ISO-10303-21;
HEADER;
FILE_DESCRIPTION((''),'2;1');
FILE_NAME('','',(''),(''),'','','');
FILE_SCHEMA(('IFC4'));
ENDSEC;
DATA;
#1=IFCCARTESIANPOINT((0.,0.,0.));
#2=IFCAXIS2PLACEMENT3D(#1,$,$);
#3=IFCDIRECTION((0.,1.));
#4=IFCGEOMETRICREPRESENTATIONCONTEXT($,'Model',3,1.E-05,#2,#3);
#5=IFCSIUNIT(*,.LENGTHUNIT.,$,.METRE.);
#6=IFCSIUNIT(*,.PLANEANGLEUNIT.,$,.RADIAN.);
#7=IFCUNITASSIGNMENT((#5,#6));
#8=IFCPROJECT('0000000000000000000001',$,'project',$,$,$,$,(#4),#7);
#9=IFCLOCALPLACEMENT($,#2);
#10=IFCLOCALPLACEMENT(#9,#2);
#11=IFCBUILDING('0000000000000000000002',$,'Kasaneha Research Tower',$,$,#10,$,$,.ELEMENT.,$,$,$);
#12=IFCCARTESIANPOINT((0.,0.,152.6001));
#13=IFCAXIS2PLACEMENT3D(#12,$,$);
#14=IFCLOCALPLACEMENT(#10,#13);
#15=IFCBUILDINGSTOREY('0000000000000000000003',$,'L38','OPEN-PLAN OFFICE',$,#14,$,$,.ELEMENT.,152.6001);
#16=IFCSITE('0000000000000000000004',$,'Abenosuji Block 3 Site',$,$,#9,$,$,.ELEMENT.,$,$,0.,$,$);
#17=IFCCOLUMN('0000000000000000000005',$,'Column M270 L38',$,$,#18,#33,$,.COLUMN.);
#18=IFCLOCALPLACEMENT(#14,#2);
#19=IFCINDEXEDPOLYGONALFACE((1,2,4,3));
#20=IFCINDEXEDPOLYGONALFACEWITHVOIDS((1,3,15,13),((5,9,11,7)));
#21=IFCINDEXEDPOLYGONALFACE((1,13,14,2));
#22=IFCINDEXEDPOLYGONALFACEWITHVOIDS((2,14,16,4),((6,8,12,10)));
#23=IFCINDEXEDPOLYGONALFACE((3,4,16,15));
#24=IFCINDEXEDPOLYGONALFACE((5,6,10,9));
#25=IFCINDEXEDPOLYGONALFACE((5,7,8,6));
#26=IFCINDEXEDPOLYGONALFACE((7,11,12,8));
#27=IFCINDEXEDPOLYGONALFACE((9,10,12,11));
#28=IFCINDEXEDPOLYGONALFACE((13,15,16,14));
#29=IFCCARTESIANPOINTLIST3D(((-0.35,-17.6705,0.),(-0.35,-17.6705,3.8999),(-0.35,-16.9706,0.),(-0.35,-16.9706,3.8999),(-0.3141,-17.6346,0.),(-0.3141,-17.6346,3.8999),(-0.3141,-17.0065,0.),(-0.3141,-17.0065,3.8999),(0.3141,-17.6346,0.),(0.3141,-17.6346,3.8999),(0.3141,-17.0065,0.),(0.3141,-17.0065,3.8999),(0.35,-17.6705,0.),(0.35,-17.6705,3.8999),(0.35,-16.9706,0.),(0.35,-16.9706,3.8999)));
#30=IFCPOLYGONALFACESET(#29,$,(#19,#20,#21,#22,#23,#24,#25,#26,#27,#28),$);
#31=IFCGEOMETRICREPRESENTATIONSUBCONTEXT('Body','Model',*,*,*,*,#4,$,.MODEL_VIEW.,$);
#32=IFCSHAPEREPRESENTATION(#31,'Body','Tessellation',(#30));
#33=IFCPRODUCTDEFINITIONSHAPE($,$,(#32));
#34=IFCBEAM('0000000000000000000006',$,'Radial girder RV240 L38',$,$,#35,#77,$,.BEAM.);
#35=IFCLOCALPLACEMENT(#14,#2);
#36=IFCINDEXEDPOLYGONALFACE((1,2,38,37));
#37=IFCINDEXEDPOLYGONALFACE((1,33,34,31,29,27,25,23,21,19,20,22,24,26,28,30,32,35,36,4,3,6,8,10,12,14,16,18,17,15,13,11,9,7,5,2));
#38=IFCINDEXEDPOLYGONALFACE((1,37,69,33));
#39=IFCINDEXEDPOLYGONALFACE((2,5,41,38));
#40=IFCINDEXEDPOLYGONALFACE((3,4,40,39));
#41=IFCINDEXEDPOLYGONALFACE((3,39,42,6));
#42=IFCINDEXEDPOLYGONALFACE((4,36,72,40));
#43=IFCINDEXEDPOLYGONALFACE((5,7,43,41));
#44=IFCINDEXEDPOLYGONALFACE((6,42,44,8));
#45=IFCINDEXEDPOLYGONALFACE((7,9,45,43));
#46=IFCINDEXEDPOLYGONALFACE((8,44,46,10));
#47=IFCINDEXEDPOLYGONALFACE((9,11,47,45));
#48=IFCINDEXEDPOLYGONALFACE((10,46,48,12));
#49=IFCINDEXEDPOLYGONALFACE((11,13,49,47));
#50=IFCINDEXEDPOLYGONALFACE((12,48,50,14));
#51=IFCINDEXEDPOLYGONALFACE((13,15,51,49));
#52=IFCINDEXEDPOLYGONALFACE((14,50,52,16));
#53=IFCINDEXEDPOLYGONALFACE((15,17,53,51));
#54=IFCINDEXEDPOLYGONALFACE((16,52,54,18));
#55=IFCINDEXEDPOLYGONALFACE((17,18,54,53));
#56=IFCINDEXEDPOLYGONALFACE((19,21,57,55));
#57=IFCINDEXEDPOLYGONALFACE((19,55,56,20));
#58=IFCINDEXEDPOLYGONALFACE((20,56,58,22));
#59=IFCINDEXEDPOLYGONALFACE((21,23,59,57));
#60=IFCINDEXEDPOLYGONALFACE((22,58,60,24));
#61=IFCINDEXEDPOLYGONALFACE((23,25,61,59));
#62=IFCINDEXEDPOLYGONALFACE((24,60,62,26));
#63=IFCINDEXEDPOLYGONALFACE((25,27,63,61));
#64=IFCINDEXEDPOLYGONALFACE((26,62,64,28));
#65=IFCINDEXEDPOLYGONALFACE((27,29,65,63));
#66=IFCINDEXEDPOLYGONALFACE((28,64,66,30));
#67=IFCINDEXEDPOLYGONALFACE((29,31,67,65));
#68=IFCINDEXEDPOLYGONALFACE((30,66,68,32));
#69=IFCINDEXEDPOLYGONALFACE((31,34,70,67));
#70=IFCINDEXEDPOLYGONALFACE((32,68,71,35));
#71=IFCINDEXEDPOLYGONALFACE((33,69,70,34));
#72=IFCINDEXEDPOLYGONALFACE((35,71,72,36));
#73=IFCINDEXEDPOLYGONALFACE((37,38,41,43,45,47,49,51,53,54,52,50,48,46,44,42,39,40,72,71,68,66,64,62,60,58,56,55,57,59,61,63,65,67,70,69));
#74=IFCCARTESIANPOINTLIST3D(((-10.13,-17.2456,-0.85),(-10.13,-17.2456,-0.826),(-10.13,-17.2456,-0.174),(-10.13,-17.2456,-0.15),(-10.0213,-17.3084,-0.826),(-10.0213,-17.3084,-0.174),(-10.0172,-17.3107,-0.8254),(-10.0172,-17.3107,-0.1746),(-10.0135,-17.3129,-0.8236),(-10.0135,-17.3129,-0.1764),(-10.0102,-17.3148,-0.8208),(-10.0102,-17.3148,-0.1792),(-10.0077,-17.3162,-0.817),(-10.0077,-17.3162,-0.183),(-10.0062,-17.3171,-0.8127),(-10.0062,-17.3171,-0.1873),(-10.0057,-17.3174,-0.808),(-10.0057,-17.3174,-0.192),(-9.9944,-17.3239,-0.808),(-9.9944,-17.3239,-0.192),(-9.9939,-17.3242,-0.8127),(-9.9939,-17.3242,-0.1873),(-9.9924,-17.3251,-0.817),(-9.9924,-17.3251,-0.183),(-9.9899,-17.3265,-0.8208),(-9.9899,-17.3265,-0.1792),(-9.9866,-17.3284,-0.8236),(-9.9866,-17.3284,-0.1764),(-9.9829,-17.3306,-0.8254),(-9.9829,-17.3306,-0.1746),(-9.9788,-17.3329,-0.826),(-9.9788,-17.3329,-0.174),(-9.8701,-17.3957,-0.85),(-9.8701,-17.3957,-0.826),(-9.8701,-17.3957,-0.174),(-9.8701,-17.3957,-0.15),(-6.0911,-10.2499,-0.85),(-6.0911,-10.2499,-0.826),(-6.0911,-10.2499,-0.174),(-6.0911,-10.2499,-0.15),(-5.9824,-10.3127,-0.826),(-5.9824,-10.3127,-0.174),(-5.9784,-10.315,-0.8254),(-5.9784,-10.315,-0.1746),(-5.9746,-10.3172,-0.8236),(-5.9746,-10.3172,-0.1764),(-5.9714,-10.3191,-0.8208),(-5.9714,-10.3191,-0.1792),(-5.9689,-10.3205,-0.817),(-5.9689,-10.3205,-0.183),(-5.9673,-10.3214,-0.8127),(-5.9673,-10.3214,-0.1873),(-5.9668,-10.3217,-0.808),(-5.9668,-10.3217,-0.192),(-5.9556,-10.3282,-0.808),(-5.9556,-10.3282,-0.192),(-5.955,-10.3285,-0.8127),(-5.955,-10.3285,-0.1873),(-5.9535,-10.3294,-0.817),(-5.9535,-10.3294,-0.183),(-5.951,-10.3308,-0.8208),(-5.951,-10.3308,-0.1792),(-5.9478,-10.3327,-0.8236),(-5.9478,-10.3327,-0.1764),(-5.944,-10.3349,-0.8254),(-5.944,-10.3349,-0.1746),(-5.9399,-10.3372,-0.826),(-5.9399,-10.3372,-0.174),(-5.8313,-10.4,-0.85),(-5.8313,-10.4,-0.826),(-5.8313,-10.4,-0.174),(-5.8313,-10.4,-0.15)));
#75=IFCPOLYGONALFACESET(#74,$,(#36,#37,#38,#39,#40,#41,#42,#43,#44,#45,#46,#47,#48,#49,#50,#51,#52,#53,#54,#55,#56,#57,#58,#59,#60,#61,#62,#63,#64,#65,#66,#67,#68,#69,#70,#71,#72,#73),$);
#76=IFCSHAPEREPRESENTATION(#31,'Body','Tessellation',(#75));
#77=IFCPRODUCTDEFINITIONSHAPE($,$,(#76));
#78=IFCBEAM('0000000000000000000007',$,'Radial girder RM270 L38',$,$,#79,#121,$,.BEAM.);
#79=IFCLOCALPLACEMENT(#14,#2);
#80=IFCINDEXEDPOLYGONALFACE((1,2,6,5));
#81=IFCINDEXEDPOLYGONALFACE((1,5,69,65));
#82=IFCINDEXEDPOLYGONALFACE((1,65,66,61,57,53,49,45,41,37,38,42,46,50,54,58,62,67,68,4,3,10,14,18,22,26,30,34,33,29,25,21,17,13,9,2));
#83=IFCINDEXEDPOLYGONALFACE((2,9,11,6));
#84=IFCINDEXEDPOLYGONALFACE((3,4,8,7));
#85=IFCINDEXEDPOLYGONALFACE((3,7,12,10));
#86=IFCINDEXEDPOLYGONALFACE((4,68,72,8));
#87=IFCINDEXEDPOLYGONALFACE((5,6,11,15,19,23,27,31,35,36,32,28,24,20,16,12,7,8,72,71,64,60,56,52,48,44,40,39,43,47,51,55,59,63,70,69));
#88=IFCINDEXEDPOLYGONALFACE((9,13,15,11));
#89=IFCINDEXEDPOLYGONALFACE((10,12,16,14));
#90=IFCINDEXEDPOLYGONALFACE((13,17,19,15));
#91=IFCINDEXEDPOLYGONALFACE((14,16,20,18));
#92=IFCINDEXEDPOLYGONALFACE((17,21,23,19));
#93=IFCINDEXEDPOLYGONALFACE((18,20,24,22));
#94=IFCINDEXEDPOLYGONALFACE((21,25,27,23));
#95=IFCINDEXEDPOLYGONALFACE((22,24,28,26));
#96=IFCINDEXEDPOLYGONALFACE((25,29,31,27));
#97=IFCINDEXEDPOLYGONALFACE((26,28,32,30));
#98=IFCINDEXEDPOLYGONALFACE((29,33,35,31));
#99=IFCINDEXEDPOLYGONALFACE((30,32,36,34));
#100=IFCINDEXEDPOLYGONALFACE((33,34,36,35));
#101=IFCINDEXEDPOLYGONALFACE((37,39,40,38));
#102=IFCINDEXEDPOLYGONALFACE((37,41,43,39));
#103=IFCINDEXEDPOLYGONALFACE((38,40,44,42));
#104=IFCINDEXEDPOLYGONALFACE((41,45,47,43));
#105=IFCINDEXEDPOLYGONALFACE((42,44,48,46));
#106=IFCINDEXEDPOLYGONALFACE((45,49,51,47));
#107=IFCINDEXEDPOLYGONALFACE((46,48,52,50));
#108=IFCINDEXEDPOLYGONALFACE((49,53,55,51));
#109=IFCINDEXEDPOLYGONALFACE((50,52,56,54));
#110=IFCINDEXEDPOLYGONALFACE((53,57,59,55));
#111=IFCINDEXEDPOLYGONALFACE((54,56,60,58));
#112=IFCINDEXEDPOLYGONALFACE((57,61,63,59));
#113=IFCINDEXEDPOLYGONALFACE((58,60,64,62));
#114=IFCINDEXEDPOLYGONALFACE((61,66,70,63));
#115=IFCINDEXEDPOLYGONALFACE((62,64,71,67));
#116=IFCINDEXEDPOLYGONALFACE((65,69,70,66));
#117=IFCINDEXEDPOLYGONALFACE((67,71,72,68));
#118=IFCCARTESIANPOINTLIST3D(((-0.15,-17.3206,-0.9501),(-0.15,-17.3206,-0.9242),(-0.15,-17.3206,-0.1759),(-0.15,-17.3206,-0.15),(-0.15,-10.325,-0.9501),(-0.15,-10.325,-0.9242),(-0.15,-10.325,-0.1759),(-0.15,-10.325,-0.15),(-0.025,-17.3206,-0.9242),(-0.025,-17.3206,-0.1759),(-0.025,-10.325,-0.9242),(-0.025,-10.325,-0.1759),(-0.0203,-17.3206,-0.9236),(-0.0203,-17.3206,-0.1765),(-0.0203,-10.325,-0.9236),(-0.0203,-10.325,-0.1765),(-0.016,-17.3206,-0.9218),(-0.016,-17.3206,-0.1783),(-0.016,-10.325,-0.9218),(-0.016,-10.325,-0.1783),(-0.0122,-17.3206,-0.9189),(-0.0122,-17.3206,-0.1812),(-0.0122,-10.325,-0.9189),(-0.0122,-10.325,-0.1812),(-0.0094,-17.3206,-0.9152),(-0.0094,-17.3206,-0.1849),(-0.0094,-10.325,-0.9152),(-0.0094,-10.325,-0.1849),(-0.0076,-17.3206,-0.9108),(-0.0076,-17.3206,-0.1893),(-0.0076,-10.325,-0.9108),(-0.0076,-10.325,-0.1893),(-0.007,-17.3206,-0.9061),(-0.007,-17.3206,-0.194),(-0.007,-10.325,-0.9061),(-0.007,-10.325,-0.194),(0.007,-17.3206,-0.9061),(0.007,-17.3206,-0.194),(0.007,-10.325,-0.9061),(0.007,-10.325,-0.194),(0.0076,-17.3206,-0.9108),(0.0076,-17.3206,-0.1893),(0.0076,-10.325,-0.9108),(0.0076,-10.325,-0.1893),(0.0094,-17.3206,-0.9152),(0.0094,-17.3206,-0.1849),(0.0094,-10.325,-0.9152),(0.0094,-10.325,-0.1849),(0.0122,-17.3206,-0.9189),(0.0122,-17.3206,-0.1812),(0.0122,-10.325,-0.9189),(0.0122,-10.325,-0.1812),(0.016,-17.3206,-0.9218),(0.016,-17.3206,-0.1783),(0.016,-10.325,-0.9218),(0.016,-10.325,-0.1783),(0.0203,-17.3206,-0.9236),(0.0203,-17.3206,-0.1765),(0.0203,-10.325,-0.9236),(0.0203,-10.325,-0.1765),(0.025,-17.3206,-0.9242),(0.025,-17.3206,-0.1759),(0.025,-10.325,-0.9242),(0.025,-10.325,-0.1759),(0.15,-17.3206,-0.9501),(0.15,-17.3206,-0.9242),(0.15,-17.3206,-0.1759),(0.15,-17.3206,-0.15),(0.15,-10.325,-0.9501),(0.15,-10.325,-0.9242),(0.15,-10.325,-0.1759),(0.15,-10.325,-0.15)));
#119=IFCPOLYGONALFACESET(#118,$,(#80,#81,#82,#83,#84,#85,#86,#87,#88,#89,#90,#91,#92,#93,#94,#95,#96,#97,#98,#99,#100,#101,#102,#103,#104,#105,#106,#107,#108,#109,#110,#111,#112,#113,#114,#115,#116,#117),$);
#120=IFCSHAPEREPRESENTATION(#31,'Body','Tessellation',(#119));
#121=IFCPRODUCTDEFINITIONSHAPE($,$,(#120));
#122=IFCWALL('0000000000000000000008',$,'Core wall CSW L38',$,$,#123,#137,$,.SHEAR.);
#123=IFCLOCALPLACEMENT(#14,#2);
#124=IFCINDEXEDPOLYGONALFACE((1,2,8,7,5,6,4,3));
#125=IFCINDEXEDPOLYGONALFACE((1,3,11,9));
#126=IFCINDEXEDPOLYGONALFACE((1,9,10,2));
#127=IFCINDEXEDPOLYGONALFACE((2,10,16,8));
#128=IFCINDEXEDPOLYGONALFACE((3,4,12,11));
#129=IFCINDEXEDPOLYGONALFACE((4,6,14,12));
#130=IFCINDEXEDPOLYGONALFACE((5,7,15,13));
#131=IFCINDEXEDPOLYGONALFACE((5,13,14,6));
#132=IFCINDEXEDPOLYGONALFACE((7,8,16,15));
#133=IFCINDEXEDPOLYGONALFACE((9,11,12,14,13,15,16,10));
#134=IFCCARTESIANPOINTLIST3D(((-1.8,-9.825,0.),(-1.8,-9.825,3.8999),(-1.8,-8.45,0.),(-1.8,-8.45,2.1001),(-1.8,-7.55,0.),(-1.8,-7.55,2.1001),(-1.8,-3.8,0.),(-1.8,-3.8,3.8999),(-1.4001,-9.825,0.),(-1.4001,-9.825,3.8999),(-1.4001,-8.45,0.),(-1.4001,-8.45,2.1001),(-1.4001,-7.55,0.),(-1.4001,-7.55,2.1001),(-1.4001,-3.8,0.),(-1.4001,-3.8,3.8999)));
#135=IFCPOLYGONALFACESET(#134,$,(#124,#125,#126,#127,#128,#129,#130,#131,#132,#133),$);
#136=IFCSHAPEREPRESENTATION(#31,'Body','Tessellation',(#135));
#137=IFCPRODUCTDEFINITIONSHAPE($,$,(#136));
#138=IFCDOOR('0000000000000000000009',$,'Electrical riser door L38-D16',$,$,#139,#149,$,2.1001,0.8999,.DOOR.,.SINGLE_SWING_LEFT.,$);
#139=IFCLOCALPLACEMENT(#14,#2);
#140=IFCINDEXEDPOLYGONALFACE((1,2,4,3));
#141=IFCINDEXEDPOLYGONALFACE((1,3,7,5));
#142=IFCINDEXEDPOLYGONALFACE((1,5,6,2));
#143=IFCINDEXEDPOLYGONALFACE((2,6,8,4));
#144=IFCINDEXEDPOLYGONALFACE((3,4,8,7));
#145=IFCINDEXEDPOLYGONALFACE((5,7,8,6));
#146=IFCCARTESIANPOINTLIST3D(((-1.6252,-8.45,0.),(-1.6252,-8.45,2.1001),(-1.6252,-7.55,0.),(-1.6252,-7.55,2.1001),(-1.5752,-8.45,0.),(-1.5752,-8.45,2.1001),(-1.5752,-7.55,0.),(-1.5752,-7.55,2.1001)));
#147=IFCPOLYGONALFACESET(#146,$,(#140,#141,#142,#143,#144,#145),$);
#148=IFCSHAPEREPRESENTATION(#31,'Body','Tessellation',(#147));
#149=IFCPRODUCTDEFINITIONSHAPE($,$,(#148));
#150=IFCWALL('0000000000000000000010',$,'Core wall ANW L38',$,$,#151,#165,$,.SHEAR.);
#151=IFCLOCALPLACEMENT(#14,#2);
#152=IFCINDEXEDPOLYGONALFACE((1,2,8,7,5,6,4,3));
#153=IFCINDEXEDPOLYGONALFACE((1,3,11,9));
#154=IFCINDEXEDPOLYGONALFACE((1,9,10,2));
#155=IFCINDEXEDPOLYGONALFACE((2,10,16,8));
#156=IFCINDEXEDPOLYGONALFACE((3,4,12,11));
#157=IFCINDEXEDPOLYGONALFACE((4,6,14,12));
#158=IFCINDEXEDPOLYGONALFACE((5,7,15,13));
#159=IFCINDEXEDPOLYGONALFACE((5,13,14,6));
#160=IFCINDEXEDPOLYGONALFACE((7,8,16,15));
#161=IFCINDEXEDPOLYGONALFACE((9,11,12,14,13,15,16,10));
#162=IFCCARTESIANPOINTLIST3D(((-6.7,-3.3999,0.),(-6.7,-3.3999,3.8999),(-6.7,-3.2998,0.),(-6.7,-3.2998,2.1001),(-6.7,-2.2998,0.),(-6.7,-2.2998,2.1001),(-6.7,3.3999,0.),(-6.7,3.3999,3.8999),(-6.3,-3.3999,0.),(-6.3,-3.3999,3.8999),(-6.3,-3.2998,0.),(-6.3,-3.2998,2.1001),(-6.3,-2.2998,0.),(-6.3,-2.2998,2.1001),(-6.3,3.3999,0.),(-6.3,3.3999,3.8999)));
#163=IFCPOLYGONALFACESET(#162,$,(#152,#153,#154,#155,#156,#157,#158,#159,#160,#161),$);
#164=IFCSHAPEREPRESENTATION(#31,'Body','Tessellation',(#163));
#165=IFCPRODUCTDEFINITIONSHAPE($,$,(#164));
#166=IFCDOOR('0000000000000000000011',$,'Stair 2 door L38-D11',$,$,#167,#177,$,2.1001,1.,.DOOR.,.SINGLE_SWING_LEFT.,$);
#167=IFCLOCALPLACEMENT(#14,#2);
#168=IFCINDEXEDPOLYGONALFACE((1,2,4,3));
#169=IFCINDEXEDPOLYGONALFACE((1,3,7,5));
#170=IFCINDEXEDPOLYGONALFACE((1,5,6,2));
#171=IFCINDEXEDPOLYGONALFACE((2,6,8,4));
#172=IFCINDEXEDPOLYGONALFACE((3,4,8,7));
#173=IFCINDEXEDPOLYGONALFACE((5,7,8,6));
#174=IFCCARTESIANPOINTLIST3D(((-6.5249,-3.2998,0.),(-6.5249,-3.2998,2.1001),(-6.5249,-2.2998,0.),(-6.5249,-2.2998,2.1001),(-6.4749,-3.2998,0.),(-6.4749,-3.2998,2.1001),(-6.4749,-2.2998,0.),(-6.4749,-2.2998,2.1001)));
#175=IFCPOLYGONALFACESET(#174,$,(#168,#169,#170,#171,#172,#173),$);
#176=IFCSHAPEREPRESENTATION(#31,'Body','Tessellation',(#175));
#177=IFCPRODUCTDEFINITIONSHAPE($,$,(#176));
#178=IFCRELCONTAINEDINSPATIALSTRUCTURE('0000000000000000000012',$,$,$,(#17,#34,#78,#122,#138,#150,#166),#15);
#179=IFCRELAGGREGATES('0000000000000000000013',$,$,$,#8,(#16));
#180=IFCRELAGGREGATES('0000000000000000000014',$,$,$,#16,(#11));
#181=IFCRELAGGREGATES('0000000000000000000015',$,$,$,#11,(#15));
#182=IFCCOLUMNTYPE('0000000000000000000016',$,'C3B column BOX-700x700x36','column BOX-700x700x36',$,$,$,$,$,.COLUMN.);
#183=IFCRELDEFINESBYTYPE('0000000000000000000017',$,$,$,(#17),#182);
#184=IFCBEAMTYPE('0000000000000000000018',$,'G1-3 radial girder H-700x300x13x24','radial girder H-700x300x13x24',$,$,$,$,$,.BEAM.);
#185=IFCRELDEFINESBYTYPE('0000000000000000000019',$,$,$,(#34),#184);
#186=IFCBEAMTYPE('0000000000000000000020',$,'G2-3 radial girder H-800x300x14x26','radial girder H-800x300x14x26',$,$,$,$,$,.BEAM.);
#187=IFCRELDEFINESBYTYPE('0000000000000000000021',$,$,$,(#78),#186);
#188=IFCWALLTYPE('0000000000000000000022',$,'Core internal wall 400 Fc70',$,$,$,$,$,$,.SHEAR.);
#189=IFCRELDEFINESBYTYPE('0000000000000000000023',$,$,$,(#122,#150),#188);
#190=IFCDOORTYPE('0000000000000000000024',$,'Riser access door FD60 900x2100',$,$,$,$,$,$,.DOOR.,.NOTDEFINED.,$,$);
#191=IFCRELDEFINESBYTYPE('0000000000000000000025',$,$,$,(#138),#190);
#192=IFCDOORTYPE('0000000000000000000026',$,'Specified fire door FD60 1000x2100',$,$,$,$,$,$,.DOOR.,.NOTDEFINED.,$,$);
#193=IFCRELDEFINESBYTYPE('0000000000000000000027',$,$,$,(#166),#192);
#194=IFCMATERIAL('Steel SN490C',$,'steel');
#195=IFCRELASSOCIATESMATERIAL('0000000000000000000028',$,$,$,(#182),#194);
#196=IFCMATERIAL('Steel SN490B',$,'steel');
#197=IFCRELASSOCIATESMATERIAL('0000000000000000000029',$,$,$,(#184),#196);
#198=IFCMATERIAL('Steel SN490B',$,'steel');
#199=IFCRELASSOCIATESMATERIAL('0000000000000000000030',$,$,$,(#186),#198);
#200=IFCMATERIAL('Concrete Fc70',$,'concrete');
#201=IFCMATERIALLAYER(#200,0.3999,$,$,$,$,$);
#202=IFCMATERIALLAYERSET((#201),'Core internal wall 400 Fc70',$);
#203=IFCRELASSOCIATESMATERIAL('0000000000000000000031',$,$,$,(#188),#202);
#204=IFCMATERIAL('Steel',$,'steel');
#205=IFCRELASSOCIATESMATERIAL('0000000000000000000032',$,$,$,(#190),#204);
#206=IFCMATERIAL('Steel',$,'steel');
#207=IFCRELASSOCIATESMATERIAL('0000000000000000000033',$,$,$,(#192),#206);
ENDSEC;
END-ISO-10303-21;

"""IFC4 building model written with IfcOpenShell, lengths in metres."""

from ifc_helpers import new_model, si_unit, direction, frame, frame_2d, origin, origin_2d, place, context, subcontext, project, spatial, rectangle, hollow_rectangle, i_section, extrude, material, layer, layer_set, material_profile, profile_set, type_object, element, fill, save


model = new_model("IFC4")

# Units and contexts
model_context = context("Model", 3, precision=1e-05, world=origin(), true_north=direction((0.0, 1.0)))
body_context = subcontext(model_context, "Body", "Model", "MODEL_VIEW")
ifc_project = project(units=[si_unit("LENGTHUNIT", "METRE"), si_unit("PLANEANGLEUNIT", "RADIAN")], contexts=[model_context])

# Site, building, storey
site_placement = place(None, origin())
site = spatial("IfcSite", under=ifc_project, at=site_placement, Name="Abenosuji Block 3 Site", CompositionType="ELEMENT", RefElevation=0.0)
building_placement = place(site_placement, origin())
building = spatial("IfcBuilding", under=site, at=building_placement, Name="Kasaneha Research Tower", CompositionType="ELEMENT")
storey_placement = place(building_placement, frame((0.0, 0.0, 152.6001)))
storey = spatial("IfcBuildingStorey", under=building, at=storey_placement, Name="L38", Description="OPEN-PLAN OFFICE", CompositionType="ELEMENT", Elevation=152.6001)

# Column
ifc_material_1 = material(Name="Steel SN490C", Category="steel")
ifc_material_profile_1 = material_profile(ifc_material_1, hollow_rectangle(XDim=0.7, YDim=0.7, WallThickness=0.0359, at=origin_2d()), Name="BOX-700x700x36")
ifc_profile_set_1 = profile_set([ifc_material_profile_1], Name="Steel SN490C")
column_type = type_object("IfcColumnType", Name="C3B column BOX-700x700x36", Description="column BOX-700x700x36", PredefinedType="COLUMN", material=ifc_profile_set_1)
column_placement = place(storey_placement, frame((0.0, -17.3206, 0.0), z_axis=(0.0, 0.0, 1.0), x_axis=(1.0, 0.0, 0.0)))
element("IfcColumn", 1, at=column_placement, inside=storey, type_object=column_type, Name="Column M270 L38", PredefinedType="COLUMN", context=body_context, shape_type="SweptSolid", body=[
    extrude(hollow_rectangle(XDim=0.7, YDim=0.7, WallThickness=0.0359, at=origin_2d()), origin(), (0.0, 0.0, 1.0), 3.8999),
])

# Beams
ifc_material_2 = material(Name="Steel SN490B", Category="steel")
ifc_material_profile_2 = material_profile(ifc_material_2, i_section(OverallWidth=0.3, OverallDepth=0.7, WebThickness=0.0129, FlangeThickness=0.0239, FilletRadius=0.0181, at=origin_2d()), Name="H-700x300x13x24")
ifc_profile_set_2 = profile_set([ifc_material_profile_2], Name="Steel SN490B")
beam_type_1 = type_object("IfcBeamType", Name="G1-3 radial girder H-700x300x13x24", Description="radial girder H-700x300x13x24", PredefinedType="BEAM", material=ifc_profile_set_2)
beam_1_placement = place(storey_placement, frame((-5.9612, -10.325, -0.5), z_axis=(-0.499991, -0.866031, 0.0), x_axis=(0.866031, -0.499991, 0.0)))
element("IfcBeam", 2, at=beam_1_placement, inside=storey, type_object=beam_type_1, Name="Radial girder RV240 L38", PredefinedType="BEAM", context=body_context, shape_type="SweptSolid", body=[
    extrude(i_section(OverallWidth=0.3, OverallDepth=0.7, WebThickness=0.0129, FlangeThickness=0.0239, FilletRadius=0.0181, at=origin_2d()), origin(), (0.0, 0.0, 1.0), 8.0779),
])
ifc_material_3 = material(Name="Steel SN490B", Category="steel")
ifc_material_profile_3 = material_profile(ifc_material_3, i_section(OverallWidth=0.3, OverallDepth=0.8, WebThickness=0.0139, FlangeThickness=0.0259, FilletRadius=0.0181, at=origin_2d()), Name="H-800x300x14x26")
ifc_profile_set_3 = profile_set([ifc_material_profile_3], Name="Steel SN490B")
beam_type_2 = type_object("IfcBeamType", Name="G2-3 radial girder H-800x300x14x26", Description="radial girder H-800x300x14x26", PredefinedType="BEAM", material=ifc_profile_set_3)
beam_2_placement = place(storey_placement, frame((0.0, -10.325, -0.55), z_axis=(0.0, -1.0, 0.0), x_axis=(1.0, 0.0, 0.0)))
element("IfcBeam", 3, at=beam_2_placement, inside=storey, type_object=beam_type_2, Name="Radial girder RM270 L38", PredefinedType="BEAM", context=body_context, shape_type="SweptSolid", body=[
    extrude(i_section(OverallWidth=0.3, OverallDepth=0.8, WebThickness=0.0139, FlangeThickness=0.0259, FilletRadius=0.0181, at=origin_2d()), origin(), (0.0, 0.0, 1.0), 6.9956),
])

# Walls, openings, doors
ifc_material_4 = material(Name="Concrete Fc70", Category="concrete")
ifc_layer_1 = layer(ifc_material_4, 0.3999)
ifc_layer_set_1 = layer_set([ifc_layer_1], Name="Core internal wall 400 Fc70")
wall_type_1 = type_object("IfcWallType", Name="Core internal wall 400 Fc70", PredefinedType="SHEAR", material=ifc_layer_set_1)
wall_1_placement = place(storey_placement, frame((-1.6001, -3.8, 0.0), z_axis=(0.0, 0.0, 1.0), x_axis=(0.0, -1.0, 0.0)))
wall_1 = element("IfcWall", 4, at=wall_1_placement, inside=storey, type_object=wall_type_1, Name="Core wall CSW L38", PredefinedType="SHEAR", context=body_context, shape_type="SweptSolid", body=[
    extrude(rectangle(XDim=6.0249, YDim=0.3999, at=frame_2d((3.0125, 0.0))), origin(), (0.0, 0.0, 1.0), 3.8999),
])
opening_1_placement = place(wall_1_placement, frame((3.75, 0.0, 0.0)))
opening_1 = element("IfcOpeningElement", 5, at=opening_1_placement, cuts=wall_1, PredefinedType="OPENING", context=body_context, shape_type="SweptSolid", body=[
    extrude(rectangle(XDim=0.8999, YDim=2.1001, at=frame_2d((0.45, 1.05))), frame((0.0, 0.21, 0.0), z_axis=(0.0, -1.0, 0.0), x_axis=(1.0, 0.0, 0.0)), (0.0, 0.0, 1.0), 0.4199),
])
ifc_material_5 = material(Name="Steel", Category="steel")
door_type_1 = type_object("IfcDoorType", Name="Riser access door FD60 900x2100", OperationType="NOTDEFINED", PredefinedType="DOOR", material=ifc_material_5)
door_1_placement = place(opening_1_placement, origin())
door_1 = element("IfcDoor", 6, at=door_1_placement, inside=storey, type_object=door_type_1, Name="Electrical riser door L38-D16", OperationType="SINGLE_SWING_LEFT", OverallHeight=2.1001, OverallWidth=0.8999, PredefinedType="DOOR", context=body_context, shape_type="SweptSolid", body=[
    extrude(rectangle(XDim=0.8999, YDim=2.1001, at=frame_2d((0.45, 1.05))), frame((0.0, 0.0249, 0.0), z_axis=(0.0, -1.0, 0.0), x_axis=(1.0, 0.0, 0.0)), (0.0, 0.0, 1.0), 0.05),
])
fill(opening_1, door_1)
wall_2_placement = place(storey_placement, frame((-6.5, -3.3999, 0.0), z_axis=(0.0, 0.0, 1.0), x_axis=(0.0, 1.0, 0.0)))
wall_2 = element("IfcWall", 7, at=wall_2_placement, inside=storey, type_object=wall_type_1, Name="Core wall ANW L38", PredefinedType="SHEAR", context=body_context, shape_type="SweptSolid", body=[
    extrude(rectangle(XDim=6.7998, YDim=0.3999, at=frame_2d((3.3999, 0.0))), origin(), (0.0, 0.0, 1.0), 3.8999),
])
opening_2_placement = place(wall_2_placement, frame((0.1001, 0.0, 0.0)))
opening_2 = element("IfcOpeningElement", 8, at=opening_2_placement, cuts=wall_2, PredefinedType="OPENING", context=body_context, shape_type="SweptSolid", body=[
    extrude(rectangle(XDim=1.0, YDim=2.1001, at=frame_2d((0.5, 1.05))), frame((0.0, 0.21, 0.0), z_axis=(0.0, -1.0, 0.0), x_axis=(1.0, 0.0, 0.0)), (0.0, 0.0, 1.0), 0.4199),
])
ifc_material_6 = material(Name="Steel", Category="steel")
door_type_2 = type_object("IfcDoorType", Name="Specified fire door FD60 1000x2100", OperationType="NOTDEFINED", PredefinedType="DOOR", material=ifc_material_6)
door_2_placement = place(opening_2_placement, origin())
door_2 = element("IfcDoor", 9, at=door_2_placement, inside=storey, type_object=door_type_2, Name="Stair 2 door L38-D11", OperationType="SINGLE_SWING_LEFT", OverallHeight=2.1001, OverallWidth=1.0, PredefinedType="DOOR", context=body_context, shape_type="SweptSolid", body=[
    extrude(rectangle(XDim=1.0, YDim=2.1001, at=frame_2d((0.5, 1.05))), frame((0.0, 0.0249, 0.0), z_axis=(0.0, -1.0, 0.0), x_axis=(1.0, 0.0, 0.0)), (0.0, 0.0, 1.0), 0.05),
])
fill(opening_2, door_2)

save(model, "model.ifc")
